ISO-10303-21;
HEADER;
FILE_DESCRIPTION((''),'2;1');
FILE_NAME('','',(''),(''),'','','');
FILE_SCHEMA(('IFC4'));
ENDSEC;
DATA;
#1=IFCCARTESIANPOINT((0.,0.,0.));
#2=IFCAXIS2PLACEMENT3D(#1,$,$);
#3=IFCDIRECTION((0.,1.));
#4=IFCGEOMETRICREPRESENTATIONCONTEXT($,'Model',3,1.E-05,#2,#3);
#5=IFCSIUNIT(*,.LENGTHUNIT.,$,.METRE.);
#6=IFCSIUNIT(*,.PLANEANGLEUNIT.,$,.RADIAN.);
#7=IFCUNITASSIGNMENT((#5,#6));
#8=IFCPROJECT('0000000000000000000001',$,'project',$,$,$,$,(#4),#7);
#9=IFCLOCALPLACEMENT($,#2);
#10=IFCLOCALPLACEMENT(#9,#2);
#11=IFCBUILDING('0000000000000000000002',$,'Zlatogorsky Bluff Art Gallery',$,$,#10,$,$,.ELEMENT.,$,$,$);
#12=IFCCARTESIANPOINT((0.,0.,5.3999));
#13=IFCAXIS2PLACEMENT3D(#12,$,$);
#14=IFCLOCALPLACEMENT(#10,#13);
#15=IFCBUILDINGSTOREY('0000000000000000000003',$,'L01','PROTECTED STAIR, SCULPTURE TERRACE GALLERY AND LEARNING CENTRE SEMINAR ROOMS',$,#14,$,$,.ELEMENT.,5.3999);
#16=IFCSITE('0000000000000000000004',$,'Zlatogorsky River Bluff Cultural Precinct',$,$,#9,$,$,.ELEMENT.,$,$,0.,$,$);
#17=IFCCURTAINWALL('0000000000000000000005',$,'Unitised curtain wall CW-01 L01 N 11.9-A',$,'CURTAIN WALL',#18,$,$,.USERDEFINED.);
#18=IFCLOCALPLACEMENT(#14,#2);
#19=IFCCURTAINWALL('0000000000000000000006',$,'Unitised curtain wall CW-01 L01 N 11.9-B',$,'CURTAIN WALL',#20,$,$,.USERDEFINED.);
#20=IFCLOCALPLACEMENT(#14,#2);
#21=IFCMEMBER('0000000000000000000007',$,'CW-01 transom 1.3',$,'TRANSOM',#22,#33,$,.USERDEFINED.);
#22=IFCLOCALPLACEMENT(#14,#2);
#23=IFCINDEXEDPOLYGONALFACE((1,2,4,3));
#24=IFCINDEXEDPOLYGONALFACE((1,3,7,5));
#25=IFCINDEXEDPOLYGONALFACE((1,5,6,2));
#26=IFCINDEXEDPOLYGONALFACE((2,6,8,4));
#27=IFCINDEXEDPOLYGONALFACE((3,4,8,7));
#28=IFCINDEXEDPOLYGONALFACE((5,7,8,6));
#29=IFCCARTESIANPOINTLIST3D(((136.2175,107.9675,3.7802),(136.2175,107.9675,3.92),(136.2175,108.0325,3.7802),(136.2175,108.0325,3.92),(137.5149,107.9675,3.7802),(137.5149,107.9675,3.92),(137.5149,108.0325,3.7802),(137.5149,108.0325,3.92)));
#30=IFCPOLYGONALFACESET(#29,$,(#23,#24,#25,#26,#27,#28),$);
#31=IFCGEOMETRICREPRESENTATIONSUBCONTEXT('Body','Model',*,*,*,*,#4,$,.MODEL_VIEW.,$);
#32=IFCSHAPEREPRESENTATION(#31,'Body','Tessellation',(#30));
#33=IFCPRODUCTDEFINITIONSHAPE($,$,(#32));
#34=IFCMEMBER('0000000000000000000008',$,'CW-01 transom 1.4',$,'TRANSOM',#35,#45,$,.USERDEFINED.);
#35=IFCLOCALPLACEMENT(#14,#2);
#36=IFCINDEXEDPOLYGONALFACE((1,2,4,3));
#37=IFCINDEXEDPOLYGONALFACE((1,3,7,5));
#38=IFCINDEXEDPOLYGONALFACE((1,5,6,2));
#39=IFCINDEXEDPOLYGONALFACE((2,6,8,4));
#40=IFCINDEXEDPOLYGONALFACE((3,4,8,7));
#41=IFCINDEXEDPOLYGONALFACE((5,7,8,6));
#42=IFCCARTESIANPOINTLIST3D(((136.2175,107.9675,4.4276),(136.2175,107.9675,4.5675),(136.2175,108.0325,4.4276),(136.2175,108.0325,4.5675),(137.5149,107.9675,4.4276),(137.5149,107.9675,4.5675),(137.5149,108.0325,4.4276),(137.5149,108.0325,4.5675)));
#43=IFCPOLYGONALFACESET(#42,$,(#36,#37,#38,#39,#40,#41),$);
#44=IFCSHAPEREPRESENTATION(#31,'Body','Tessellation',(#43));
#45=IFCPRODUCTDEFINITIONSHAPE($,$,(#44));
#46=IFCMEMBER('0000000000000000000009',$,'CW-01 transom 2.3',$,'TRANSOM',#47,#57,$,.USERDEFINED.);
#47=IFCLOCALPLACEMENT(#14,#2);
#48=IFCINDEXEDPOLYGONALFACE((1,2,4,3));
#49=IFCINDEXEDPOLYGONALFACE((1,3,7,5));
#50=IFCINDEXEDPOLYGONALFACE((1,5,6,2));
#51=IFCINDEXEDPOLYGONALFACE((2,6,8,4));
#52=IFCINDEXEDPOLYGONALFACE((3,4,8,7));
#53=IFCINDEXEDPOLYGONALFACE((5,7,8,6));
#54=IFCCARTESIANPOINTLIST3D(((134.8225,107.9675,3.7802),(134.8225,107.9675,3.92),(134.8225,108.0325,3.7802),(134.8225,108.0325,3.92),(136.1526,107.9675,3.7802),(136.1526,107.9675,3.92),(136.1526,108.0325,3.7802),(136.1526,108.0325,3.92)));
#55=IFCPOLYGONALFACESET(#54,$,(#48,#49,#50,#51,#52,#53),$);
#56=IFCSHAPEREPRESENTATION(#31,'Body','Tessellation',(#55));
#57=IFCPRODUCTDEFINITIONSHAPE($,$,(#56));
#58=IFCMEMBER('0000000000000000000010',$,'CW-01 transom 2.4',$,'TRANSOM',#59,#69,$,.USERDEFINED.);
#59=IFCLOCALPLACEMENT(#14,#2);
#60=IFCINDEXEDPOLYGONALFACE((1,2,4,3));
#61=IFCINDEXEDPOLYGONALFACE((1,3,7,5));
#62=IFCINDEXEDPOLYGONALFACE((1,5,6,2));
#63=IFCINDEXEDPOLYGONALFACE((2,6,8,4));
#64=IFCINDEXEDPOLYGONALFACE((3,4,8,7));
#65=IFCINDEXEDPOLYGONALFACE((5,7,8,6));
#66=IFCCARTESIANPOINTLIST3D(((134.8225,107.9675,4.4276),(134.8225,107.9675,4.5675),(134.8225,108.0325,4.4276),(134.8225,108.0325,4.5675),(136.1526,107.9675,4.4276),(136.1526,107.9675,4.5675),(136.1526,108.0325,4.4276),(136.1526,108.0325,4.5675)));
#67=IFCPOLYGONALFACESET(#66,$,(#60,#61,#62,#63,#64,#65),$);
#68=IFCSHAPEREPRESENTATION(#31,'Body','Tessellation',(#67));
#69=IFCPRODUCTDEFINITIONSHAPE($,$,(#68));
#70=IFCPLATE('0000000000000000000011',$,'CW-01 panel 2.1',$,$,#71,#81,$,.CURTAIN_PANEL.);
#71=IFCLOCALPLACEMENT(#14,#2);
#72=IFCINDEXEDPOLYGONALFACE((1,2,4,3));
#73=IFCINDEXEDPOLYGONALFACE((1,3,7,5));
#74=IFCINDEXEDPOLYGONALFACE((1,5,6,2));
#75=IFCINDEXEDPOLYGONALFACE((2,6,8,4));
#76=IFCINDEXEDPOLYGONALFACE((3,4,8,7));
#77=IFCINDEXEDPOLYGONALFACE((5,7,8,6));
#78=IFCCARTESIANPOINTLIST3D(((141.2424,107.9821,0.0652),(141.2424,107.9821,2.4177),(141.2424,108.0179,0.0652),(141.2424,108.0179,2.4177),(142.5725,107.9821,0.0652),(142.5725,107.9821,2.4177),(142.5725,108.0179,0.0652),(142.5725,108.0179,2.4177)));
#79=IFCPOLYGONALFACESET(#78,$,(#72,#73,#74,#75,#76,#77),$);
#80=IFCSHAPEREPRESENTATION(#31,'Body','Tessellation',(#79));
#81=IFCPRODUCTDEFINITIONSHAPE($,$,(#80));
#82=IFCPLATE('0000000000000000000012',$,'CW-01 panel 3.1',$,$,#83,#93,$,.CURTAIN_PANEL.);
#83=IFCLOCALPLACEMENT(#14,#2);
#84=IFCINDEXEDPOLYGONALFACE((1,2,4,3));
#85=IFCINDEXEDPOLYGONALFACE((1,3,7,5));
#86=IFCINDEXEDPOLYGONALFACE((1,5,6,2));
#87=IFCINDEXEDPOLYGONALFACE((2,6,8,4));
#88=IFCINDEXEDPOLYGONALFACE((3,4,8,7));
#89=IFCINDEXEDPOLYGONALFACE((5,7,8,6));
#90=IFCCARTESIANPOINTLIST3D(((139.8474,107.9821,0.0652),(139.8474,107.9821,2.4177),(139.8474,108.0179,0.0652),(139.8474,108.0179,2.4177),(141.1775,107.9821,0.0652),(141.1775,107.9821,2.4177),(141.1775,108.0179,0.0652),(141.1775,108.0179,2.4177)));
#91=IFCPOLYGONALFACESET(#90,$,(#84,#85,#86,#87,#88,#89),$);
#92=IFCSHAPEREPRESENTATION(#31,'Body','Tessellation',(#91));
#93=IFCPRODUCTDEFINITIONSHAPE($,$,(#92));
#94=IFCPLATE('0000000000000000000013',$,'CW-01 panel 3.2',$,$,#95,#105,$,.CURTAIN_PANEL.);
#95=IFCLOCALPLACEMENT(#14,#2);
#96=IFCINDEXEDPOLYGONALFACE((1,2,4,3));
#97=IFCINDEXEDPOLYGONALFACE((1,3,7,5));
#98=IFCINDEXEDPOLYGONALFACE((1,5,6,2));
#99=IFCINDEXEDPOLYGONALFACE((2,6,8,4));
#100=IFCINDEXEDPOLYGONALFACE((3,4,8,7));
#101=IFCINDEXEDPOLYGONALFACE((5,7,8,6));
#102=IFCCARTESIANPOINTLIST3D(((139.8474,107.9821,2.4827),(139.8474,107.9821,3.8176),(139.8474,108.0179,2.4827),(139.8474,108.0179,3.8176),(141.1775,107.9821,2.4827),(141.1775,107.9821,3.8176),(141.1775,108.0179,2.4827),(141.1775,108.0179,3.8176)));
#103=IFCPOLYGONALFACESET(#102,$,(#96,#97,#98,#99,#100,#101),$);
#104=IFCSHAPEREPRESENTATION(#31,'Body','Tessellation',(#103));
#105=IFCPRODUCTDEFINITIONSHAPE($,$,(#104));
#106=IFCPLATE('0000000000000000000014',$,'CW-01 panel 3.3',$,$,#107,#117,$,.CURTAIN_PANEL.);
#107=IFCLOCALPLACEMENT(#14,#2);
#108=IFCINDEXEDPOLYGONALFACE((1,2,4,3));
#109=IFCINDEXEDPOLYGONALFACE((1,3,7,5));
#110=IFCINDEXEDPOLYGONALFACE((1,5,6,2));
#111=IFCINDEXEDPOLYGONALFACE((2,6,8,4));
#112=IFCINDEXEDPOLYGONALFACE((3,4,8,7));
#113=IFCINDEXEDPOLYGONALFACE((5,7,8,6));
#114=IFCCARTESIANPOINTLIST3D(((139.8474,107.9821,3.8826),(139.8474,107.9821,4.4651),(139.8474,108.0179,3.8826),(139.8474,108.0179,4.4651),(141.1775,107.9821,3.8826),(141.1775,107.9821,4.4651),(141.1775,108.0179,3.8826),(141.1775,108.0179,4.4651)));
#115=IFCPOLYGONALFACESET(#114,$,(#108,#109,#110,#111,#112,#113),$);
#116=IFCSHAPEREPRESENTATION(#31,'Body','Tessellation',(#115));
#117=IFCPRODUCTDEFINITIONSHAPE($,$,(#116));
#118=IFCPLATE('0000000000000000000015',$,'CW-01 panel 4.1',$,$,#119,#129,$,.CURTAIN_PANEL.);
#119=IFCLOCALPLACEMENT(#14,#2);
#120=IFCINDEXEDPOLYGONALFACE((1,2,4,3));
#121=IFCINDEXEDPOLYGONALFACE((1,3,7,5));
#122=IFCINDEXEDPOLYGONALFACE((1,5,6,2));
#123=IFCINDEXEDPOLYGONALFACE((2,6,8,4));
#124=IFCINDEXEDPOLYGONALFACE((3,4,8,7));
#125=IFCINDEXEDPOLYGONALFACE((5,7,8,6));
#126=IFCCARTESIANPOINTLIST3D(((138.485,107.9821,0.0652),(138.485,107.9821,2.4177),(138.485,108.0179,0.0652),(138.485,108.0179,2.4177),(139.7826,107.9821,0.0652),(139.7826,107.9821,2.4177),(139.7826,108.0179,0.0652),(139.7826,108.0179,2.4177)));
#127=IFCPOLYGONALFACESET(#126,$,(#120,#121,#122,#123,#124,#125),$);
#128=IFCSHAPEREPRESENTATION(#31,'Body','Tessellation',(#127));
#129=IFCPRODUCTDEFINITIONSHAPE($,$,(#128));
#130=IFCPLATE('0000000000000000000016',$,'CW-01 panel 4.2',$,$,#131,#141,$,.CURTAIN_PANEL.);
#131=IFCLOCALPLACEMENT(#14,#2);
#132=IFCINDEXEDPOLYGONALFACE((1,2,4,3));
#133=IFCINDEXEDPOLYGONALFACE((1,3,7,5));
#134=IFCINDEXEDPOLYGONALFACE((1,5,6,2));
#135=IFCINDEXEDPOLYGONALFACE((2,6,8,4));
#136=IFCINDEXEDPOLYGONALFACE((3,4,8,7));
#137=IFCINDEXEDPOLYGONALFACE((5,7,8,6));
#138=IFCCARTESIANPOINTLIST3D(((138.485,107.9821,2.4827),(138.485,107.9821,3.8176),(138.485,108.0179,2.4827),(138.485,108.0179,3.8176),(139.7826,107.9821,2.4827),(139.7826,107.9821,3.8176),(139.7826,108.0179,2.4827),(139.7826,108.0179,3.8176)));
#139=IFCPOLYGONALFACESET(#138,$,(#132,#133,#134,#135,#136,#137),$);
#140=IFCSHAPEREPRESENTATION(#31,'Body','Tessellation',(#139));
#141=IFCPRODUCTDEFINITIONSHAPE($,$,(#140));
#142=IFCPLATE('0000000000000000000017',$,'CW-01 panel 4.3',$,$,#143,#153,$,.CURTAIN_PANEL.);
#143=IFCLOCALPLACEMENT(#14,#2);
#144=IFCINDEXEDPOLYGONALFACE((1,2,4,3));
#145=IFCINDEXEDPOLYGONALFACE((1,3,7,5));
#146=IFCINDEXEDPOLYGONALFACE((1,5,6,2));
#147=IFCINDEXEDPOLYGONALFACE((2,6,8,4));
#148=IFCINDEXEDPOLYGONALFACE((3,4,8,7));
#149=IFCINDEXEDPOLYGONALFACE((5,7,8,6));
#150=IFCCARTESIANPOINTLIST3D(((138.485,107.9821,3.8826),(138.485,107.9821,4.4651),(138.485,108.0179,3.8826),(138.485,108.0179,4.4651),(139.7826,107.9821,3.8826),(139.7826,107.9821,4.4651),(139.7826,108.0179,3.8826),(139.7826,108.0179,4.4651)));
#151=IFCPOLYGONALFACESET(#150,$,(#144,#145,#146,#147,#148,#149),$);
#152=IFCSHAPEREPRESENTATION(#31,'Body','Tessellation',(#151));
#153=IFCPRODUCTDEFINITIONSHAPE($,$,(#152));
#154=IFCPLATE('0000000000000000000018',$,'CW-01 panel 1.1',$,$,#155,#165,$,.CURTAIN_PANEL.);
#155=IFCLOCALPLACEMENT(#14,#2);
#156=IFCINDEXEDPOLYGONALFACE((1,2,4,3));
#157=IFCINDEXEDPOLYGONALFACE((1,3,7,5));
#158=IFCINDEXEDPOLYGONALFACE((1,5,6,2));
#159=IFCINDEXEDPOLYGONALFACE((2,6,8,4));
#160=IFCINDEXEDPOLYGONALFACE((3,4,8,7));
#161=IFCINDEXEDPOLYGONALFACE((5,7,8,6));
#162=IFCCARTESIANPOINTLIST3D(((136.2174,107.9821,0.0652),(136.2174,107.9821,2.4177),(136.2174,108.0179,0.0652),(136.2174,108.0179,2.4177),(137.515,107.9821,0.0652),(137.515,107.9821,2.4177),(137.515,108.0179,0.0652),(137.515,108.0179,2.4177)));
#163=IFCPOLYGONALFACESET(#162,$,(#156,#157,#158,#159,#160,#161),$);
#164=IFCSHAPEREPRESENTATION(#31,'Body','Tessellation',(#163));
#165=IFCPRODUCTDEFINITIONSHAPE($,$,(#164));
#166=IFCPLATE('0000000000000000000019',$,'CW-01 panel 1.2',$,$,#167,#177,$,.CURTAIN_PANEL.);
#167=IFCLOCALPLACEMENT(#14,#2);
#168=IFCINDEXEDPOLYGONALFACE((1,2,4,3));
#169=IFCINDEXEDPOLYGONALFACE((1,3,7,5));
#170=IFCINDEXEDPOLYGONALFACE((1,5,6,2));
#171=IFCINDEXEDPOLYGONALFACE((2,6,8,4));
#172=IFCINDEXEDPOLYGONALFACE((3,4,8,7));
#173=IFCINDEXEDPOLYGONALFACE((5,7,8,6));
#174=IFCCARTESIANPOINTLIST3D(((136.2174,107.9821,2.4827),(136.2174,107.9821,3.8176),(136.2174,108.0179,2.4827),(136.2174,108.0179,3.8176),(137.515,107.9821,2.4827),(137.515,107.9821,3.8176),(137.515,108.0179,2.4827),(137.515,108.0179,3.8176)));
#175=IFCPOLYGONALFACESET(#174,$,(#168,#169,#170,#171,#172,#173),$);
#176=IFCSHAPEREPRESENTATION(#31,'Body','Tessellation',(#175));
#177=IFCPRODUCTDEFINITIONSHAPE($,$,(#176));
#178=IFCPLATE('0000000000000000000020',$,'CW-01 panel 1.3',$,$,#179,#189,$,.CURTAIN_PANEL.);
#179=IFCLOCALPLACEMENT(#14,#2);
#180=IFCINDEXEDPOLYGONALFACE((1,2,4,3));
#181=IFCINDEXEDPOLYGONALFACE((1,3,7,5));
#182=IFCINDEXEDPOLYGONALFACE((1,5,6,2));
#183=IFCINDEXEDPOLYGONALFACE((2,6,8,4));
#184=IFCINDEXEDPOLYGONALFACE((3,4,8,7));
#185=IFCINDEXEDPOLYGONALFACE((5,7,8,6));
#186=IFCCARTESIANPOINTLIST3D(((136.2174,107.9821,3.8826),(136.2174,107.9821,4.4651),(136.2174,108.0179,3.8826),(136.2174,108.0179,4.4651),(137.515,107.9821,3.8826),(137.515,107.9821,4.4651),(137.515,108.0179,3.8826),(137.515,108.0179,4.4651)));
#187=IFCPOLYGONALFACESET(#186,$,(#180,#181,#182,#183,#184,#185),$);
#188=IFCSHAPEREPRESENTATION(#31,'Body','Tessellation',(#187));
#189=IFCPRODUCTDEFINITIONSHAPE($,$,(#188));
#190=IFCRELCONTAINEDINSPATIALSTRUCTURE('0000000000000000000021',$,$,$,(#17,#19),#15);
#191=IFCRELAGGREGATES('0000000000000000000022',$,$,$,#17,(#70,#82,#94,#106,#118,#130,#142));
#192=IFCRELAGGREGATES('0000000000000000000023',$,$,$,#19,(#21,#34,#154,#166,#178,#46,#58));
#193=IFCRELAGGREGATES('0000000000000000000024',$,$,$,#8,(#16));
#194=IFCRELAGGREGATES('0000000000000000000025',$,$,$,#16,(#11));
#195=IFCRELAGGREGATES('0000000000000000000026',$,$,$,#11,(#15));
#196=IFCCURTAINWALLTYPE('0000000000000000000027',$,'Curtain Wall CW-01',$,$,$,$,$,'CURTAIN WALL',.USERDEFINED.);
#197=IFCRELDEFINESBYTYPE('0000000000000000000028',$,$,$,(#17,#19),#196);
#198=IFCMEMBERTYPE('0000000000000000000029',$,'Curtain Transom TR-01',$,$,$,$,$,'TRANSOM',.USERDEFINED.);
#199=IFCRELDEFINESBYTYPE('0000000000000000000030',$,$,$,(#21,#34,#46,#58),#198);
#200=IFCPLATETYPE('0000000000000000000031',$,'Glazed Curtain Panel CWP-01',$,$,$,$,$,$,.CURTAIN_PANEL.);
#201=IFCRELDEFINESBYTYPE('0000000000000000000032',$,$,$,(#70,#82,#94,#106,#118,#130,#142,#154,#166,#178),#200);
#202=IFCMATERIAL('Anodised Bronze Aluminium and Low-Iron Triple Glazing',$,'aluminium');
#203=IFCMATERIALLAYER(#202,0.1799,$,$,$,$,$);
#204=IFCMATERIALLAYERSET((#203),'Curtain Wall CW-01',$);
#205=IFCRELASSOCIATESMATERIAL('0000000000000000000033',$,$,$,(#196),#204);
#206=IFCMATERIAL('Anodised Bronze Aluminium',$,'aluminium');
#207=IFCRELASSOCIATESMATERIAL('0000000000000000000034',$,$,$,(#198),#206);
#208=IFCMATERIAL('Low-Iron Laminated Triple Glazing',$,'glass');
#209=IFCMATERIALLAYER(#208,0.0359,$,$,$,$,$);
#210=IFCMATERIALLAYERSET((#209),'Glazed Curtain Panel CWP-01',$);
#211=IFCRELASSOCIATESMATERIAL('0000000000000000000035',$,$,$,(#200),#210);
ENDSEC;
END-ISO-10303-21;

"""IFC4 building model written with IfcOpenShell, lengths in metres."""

from ifc_helpers import new_model, si_unit, direction, frame, origin, origin_2d, place, context, subcontext, project, spatial, rectangle, extrude, material, layer, layer_set, material_profile, profile_set, type_object, element, aggregate, save


model = new_model("IFC4")

# Units and contexts
model_context = context("Model", 3, precision=1e-05, world=origin(), true_north=direction((0.0, 1.0)))
body_context = subcontext(model_context, "Body", "Model", "MODEL_VIEW")
ifc_project = project(units=[si_unit("LENGTHUNIT", "METRE"), si_unit("PLANEANGLEUNIT", "RADIAN")], contexts=[model_context])

# Site, building, storey
site_placement = place(None, origin())
site = spatial("IfcSite", under=ifc_project, at=site_placement, Name="Zlatogorsky River Bluff Cultural Precinct", CompositionType="ELEMENT", RefElevation=0.0)
building_placement = place(site_placement, origin())
building = spatial("IfcBuilding", under=site, at=building_placement, Name="Zlatogorsky Bluff Art Gallery", CompositionType="ELEMENT")
storey_placement = place(building_placement, frame((0.0, 0.0, 5.3999)))
storey = spatial("IfcBuildingStorey", under=building, at=storey_placement, Name="L01", Description="PROTECTED STAIR, SCULPTURE TERRACE GALLERY AND LEARNING CENTRE SEMINAR ROOMS", CompositionType="ELEMENT", Elevation=5.3999)

# Curtain walls
ifc_material_1 = material(Name="Anodised Bronze Aluminium and Low-Iron Triple Glazing", Category="aluminium")
ifc_layer_1 = layer(ifc_material_1, 0.1799)
ifc_layer_set_1 = layer_set([ifc_layer_1], Name="Curtain Wall CW-01")
curtain_wall_type = type_object("IfcCurtainWallType", Name="Curtain Wall CW-01", ElementType="CURTAIN WALL", PredefinedType="USERDEFINED", material=ifc_layer_set_1)
curtain_wall_1_placement = place(storey_placement, origin())
curtain_wall_1 = element("IfcCurtainWall", 1, at=curtain_wall_1_placement, inside=storey, type_object=curtain_wall_type, Name="Unitised curtain wall CW-01 L01 N 11.9-A", ObjectType="CURTAIN WALL", PredefinedType="USERDEFINED")
ifc_material_2 = material(Name="Anodised Bronze Aluminium", Category="aluminium")
curtain_wall_2_placement = place(storey_placement, origin())
curtain_wall_2 = element("IfcCurtainWall", 2, at=curtain_wall_2_placement, inside=storey, type_object=curtain_wall_type, Name="Unitised curtain wall CW-01 L01 N 11.9-B", ObjectType="CURTAIN WALL", PredefinedType="USERDEFINED")

# Members
ifc_material_profile_1 = material_profile(ifc_material_2, rectangle(XDim=0.0649, YDim=0.1399, at=origin_2d()), Name="ALU TRANSOM 65x140")
ifc_profile_set_1 = profile_set([ifc_material_profile_1], Name="Anodised Bronze Aluminium")
member_type_1 = type_object("IfcMemberType", Name="Curtain Transom TR-01", ElementType="TRANSOM", PredefinedType="USERDEFINED", material=ifc_profile_set_1)
member_1_placement = place(storey_placement, frame((137.5149, 108.0, 3.8501), z_axis=(-1.0, 0.0, 0.0), x_axis=(0.0, -1.0, 0.0)))
member_1 = element("IfcMember", 3, at=member_1_placement, type_object=member_type_1, Name="CW-01 transom 1.3", ObjectType="TRANSOM", PredefinedType="USERDEFINED", context=body_context, shape_type="SweptSolid", body=[
    extrude(rectangle(XDim=0.0649, YDim=0.1399, at=origin_2d()), origin(), (0.0, 0.0, 1.0), 1.2974),
])
member_2_placement = place(storey_placement, frame((137.5149, 108.0, 4.4976), z_axis=(-1.0, 0.0, 0.0), x_axis=(0.0, -1.0, 0.0)))
member_2 = element("IfcMember", 4, at=member_2_placement, type_object=member_type_1, Name="CW-01 transom 1.4", ObjectType="TRANSOM", PredefinedType="USERDEFINED", context=body_context, shape_type="SweptSolid", body=[
    extrude(rectangle(XDim=0.0649, YDim=0.1399, at=origin_2d()), origin(), (0.0, 0.0, 1.0), 1.2974),
])
member_3_placement = place(storey_placement, frame((136.1526, 108.0, 3.8501), z_axis=(-1.0, 0.0, 0.0), x_axis=(0.0, -1.0, 0.0)))
member_3 = element("IfcMember", 5, at=member_3_placement, type_object=member_type_1, Name="CW-01 transom 2.3", ObjectType="TRANSOM", PredefinedType="USERDEFINED", context=body_context, shape_type="SweptSolid", body=[
    extrude(rectangle(XDim=0.0649, YDim=0.1399, at=origin_2d()), origin(), (0.0, 0.0, 1.0), 1.3301),
])
member_4_placement = place(storey_placement, frame((136.1526, 108.0, 4.4976), z_axis=(-1.0, 0.0, 0.0), x_axis=(0.0, -1.0, 0.0)))
member_4 = element("IfcMember", 6, at=member_4_placement, type_object=member_type_1, Name="CW-01 transom 2.4", ObjectType="TRANSOM", PredefinedType="USERDEFINED", context=body_context, shape_type="SweptSolid", body=[
    extrude(rectangle(XDim=0.0649, YDim=0.1399, at=origin_2d()), origin(), (0.0, 0.0, 1.0), 1.3301),
])

# Plates
ifc_material_3 = material(Name="Low-Iron Laminated Triple Glazing", Category="glass")
ifc_layer_2 = layer(ifc_material_3, 0.0359)
ifc_layer_set_2 = layer_set([ifc_layer_2], Name="Glazed Curtain Panel CWP-01")
plate_type = type_object("IfcPlateType", Name="Glazed Curtain Panel CWP-01", PredefinedType="CURTAIN_PANEL", material=ifc_layer_set_2)
plate_1_placement = place(storey_placement, frame((141.9075, 108.0, 0.0652), z_axis=(0.0, 0.0, 1.0), x_axis=(-1.0, 0.0, 0.0)))
plate_1 = element("IfcPlate", 7, at=plate_1_placement, type_object=plate_type, Name="CW-01 panel 2.1", PredefinedType="CURTAIN_PANEL", context=body_context, shape_type="SweptSolid", body=[
    extrude(rectangle(XDim=1.3301, YDim=0.0359, at=origin_2d()), origin(), (0.0, 0.0, 1.0), 2.3525),
])
plate_2_placement = place(storey_placement, frame((140.5125, 108.0, 0.0652), z_axis=(0.0, 0.0, 1.0), x_axis=(-1.0, 0.0, 0.0)))
plate_2 = element("IfcPlate", 8, at=plate_2_placement, type_object=plate_type, Name="CW-01 panel 3.1", PredefinedType="CURTAIN_PANEL", context=body_context, shape_type="SweptSolid", body=[
    extrude(rectangle(XDim=1.3301, YDim=0.0359, at=origin_2d()), origin(), (0.0, 0.0, 1.0), 2.3525),
])
plate_3_placement = place(storey_placement, frame((140.5125, 108.0, 2.4827), z_axis=(0.0, 0.0, 1.0), x_axis=(-1.0, 0.0, 0.0)))
plate_3 = element("IfcPlate", 9, at=plate_3_placement, type_object=plate_type, Name="CW-01 panel 3.2", PredefinedType="CURTAIN_PANEL", context=body_context, shape_type="SweptSolid", body=[
    extrude(rectangle(XDim=1.3301, YDim=0.0359, at=origin_2d()), origin(), (0.0, 0.0, 1.0), 1.335),
])
plate_4_placement = place(storey_placement, frame((140.5125, 108.0, 3.8826), z_axis=(0.0, 0.0, 1.0), x_axis=(-1.0, 0.0, 0.0)))
plate_4 = element("IfcPlate", 10, at=plate_4_placement, type_object=plate_type, Name="CW-01 panel 3.3", PredefinedType="CURTAIN_PANEL", context=body_context, shape_type="SweptSolid", body=[
    extrude(rectangle(XDim=1.3301, YDim=0.0359, at=origin_2d()), origin(), (0.0, 0.0, 1.0), 0.5825),
])
plate_5_placement = place(storey_placement, frame((139.1338, 108.0, 0.0652), z_axis=(0.0, 0.0, 1.0), x_axis=(-1.0, 0.0, 0.0)))
plate_5 = element("IfcPlate", 11, at=plate_5_placement, type_object=plate_type, Name="CW-01 panel 4.1", PredefinedType="CURTAIN_PANEL", context=body_context, shape_type="SweptSolid", body=[
    extrude(rectangle(XDim=1.2976, YDim=0.0359, at=origin_2d()), origin(), (0.0, 0.0, 1.0), 2.3525),
])
plate_6_placement = place(storey_placement, frame((139.1338, 108.0, 2.4827), z_axis=(0.0, 0.0, 1.0), x_axis=(-1.0, 0.0, 0.0)))
plate_6 = element("IfcPlate", 12, at=plate_6_placement, type_object=plate_type, Name="CW-01 panel 4.2", PredefinedType="CURTAIN_PANEL", context=body_context, shape_type="SweptSolid", body=[
    extrude(rectangle(XDim=1.2976, YDim=0.0359, at=origin_2d()), origin(), (0.0, 0.0, 1.0), 1.335),
])
plate_7_placement = place(storey_placement, frame((139.1338, 108.0, 3.8826), z_axis=(0.0, 0.0, 1.0), x_axis=(-1.0, 0.0, 0.0)))
plate_7 = element("IfcPlate", 13, at=plate_7_placement, type_object=plate_type, Name="CW-01 panel 4.3", PredefinedType="CURTAIN_PANEL", context=body_context, shape_type="SweptSolid", body=[
    extrude(rectangle(XDim=1.2976, YDim=0.0359, at=origin_2d()), origin(), (0.0, 0.0, 1.0), 0.5825),
])
aggregate(curtain_wall_1, [plate_1, plate_2, plate_3, plate_4, plate_5, plate_6, plate_7])
plate_8_placement = place(storey_placement, frame((136.8662, 108.0, 0.0652), z_axis=(0.0, 0.0, 1.0), x_axis=(-1.0, 0.0, 0.0)))
plate_8 = element("IfcPlate", 14, at=plate_8_placement, type_object=plate_type, Name="CW-01 panel 1.1", PredefinedType="CURTAIN_PANEL", context=body_context, shape_type="SweptSolid", body=[
    extrude(rectangle(XDim=1.2976, YDim=0.0359, at=origin_2d()), origin(), (0.0, 0.0, 1.0), 2.3525),
])
plate_9_placement = place(storey_placement, frame((136.8662, 108.0, 2.4827), z_axis=(0.0, 0.0, 1.0), x_axis=(-1.0, 0.0, 0.0)))
plate_9 = element("IfcPlate", 15, at=plate_9_placement, type_object=plate_type, Name="CW-01 panel 1.2", PredefinedType="CURTAIN_PANEL", context=body_context, shape_type="SweptSolid", body=[
    extrude(rectangle(XDim=1.2976, YDim=0.0359, at=origin_2d()), origin(), (0.0, 0.0, 1.0), 1.335),
])
plate_10_placement = place(storey_placement, frame((136.8662, 108.0, 3.8826), z_axis=(0.0, 0.0, 1.0), x_axis=(-1.0, 0.0, 0.0)))
plate_10 = element("IfcPlate", 16, at=plate_10_placement, type_object=plate_type, Name="CW-01 panel 1.3", PredefinedType="CURTAIN_PANEL", context=body_context, shape_type="SweptSolid", body=[
    extrude(rectangle(XDim=1.2976, YDim=0.0359, at=origin_2d()), origin(), (0.0, 0.0, 1.0), 0.5825),
])
aggregate(curtain_wall_2, [member_1, member_2, plate_8, plate_9, plate_10, member_3, member_4])

save(model, "model.ifc")
